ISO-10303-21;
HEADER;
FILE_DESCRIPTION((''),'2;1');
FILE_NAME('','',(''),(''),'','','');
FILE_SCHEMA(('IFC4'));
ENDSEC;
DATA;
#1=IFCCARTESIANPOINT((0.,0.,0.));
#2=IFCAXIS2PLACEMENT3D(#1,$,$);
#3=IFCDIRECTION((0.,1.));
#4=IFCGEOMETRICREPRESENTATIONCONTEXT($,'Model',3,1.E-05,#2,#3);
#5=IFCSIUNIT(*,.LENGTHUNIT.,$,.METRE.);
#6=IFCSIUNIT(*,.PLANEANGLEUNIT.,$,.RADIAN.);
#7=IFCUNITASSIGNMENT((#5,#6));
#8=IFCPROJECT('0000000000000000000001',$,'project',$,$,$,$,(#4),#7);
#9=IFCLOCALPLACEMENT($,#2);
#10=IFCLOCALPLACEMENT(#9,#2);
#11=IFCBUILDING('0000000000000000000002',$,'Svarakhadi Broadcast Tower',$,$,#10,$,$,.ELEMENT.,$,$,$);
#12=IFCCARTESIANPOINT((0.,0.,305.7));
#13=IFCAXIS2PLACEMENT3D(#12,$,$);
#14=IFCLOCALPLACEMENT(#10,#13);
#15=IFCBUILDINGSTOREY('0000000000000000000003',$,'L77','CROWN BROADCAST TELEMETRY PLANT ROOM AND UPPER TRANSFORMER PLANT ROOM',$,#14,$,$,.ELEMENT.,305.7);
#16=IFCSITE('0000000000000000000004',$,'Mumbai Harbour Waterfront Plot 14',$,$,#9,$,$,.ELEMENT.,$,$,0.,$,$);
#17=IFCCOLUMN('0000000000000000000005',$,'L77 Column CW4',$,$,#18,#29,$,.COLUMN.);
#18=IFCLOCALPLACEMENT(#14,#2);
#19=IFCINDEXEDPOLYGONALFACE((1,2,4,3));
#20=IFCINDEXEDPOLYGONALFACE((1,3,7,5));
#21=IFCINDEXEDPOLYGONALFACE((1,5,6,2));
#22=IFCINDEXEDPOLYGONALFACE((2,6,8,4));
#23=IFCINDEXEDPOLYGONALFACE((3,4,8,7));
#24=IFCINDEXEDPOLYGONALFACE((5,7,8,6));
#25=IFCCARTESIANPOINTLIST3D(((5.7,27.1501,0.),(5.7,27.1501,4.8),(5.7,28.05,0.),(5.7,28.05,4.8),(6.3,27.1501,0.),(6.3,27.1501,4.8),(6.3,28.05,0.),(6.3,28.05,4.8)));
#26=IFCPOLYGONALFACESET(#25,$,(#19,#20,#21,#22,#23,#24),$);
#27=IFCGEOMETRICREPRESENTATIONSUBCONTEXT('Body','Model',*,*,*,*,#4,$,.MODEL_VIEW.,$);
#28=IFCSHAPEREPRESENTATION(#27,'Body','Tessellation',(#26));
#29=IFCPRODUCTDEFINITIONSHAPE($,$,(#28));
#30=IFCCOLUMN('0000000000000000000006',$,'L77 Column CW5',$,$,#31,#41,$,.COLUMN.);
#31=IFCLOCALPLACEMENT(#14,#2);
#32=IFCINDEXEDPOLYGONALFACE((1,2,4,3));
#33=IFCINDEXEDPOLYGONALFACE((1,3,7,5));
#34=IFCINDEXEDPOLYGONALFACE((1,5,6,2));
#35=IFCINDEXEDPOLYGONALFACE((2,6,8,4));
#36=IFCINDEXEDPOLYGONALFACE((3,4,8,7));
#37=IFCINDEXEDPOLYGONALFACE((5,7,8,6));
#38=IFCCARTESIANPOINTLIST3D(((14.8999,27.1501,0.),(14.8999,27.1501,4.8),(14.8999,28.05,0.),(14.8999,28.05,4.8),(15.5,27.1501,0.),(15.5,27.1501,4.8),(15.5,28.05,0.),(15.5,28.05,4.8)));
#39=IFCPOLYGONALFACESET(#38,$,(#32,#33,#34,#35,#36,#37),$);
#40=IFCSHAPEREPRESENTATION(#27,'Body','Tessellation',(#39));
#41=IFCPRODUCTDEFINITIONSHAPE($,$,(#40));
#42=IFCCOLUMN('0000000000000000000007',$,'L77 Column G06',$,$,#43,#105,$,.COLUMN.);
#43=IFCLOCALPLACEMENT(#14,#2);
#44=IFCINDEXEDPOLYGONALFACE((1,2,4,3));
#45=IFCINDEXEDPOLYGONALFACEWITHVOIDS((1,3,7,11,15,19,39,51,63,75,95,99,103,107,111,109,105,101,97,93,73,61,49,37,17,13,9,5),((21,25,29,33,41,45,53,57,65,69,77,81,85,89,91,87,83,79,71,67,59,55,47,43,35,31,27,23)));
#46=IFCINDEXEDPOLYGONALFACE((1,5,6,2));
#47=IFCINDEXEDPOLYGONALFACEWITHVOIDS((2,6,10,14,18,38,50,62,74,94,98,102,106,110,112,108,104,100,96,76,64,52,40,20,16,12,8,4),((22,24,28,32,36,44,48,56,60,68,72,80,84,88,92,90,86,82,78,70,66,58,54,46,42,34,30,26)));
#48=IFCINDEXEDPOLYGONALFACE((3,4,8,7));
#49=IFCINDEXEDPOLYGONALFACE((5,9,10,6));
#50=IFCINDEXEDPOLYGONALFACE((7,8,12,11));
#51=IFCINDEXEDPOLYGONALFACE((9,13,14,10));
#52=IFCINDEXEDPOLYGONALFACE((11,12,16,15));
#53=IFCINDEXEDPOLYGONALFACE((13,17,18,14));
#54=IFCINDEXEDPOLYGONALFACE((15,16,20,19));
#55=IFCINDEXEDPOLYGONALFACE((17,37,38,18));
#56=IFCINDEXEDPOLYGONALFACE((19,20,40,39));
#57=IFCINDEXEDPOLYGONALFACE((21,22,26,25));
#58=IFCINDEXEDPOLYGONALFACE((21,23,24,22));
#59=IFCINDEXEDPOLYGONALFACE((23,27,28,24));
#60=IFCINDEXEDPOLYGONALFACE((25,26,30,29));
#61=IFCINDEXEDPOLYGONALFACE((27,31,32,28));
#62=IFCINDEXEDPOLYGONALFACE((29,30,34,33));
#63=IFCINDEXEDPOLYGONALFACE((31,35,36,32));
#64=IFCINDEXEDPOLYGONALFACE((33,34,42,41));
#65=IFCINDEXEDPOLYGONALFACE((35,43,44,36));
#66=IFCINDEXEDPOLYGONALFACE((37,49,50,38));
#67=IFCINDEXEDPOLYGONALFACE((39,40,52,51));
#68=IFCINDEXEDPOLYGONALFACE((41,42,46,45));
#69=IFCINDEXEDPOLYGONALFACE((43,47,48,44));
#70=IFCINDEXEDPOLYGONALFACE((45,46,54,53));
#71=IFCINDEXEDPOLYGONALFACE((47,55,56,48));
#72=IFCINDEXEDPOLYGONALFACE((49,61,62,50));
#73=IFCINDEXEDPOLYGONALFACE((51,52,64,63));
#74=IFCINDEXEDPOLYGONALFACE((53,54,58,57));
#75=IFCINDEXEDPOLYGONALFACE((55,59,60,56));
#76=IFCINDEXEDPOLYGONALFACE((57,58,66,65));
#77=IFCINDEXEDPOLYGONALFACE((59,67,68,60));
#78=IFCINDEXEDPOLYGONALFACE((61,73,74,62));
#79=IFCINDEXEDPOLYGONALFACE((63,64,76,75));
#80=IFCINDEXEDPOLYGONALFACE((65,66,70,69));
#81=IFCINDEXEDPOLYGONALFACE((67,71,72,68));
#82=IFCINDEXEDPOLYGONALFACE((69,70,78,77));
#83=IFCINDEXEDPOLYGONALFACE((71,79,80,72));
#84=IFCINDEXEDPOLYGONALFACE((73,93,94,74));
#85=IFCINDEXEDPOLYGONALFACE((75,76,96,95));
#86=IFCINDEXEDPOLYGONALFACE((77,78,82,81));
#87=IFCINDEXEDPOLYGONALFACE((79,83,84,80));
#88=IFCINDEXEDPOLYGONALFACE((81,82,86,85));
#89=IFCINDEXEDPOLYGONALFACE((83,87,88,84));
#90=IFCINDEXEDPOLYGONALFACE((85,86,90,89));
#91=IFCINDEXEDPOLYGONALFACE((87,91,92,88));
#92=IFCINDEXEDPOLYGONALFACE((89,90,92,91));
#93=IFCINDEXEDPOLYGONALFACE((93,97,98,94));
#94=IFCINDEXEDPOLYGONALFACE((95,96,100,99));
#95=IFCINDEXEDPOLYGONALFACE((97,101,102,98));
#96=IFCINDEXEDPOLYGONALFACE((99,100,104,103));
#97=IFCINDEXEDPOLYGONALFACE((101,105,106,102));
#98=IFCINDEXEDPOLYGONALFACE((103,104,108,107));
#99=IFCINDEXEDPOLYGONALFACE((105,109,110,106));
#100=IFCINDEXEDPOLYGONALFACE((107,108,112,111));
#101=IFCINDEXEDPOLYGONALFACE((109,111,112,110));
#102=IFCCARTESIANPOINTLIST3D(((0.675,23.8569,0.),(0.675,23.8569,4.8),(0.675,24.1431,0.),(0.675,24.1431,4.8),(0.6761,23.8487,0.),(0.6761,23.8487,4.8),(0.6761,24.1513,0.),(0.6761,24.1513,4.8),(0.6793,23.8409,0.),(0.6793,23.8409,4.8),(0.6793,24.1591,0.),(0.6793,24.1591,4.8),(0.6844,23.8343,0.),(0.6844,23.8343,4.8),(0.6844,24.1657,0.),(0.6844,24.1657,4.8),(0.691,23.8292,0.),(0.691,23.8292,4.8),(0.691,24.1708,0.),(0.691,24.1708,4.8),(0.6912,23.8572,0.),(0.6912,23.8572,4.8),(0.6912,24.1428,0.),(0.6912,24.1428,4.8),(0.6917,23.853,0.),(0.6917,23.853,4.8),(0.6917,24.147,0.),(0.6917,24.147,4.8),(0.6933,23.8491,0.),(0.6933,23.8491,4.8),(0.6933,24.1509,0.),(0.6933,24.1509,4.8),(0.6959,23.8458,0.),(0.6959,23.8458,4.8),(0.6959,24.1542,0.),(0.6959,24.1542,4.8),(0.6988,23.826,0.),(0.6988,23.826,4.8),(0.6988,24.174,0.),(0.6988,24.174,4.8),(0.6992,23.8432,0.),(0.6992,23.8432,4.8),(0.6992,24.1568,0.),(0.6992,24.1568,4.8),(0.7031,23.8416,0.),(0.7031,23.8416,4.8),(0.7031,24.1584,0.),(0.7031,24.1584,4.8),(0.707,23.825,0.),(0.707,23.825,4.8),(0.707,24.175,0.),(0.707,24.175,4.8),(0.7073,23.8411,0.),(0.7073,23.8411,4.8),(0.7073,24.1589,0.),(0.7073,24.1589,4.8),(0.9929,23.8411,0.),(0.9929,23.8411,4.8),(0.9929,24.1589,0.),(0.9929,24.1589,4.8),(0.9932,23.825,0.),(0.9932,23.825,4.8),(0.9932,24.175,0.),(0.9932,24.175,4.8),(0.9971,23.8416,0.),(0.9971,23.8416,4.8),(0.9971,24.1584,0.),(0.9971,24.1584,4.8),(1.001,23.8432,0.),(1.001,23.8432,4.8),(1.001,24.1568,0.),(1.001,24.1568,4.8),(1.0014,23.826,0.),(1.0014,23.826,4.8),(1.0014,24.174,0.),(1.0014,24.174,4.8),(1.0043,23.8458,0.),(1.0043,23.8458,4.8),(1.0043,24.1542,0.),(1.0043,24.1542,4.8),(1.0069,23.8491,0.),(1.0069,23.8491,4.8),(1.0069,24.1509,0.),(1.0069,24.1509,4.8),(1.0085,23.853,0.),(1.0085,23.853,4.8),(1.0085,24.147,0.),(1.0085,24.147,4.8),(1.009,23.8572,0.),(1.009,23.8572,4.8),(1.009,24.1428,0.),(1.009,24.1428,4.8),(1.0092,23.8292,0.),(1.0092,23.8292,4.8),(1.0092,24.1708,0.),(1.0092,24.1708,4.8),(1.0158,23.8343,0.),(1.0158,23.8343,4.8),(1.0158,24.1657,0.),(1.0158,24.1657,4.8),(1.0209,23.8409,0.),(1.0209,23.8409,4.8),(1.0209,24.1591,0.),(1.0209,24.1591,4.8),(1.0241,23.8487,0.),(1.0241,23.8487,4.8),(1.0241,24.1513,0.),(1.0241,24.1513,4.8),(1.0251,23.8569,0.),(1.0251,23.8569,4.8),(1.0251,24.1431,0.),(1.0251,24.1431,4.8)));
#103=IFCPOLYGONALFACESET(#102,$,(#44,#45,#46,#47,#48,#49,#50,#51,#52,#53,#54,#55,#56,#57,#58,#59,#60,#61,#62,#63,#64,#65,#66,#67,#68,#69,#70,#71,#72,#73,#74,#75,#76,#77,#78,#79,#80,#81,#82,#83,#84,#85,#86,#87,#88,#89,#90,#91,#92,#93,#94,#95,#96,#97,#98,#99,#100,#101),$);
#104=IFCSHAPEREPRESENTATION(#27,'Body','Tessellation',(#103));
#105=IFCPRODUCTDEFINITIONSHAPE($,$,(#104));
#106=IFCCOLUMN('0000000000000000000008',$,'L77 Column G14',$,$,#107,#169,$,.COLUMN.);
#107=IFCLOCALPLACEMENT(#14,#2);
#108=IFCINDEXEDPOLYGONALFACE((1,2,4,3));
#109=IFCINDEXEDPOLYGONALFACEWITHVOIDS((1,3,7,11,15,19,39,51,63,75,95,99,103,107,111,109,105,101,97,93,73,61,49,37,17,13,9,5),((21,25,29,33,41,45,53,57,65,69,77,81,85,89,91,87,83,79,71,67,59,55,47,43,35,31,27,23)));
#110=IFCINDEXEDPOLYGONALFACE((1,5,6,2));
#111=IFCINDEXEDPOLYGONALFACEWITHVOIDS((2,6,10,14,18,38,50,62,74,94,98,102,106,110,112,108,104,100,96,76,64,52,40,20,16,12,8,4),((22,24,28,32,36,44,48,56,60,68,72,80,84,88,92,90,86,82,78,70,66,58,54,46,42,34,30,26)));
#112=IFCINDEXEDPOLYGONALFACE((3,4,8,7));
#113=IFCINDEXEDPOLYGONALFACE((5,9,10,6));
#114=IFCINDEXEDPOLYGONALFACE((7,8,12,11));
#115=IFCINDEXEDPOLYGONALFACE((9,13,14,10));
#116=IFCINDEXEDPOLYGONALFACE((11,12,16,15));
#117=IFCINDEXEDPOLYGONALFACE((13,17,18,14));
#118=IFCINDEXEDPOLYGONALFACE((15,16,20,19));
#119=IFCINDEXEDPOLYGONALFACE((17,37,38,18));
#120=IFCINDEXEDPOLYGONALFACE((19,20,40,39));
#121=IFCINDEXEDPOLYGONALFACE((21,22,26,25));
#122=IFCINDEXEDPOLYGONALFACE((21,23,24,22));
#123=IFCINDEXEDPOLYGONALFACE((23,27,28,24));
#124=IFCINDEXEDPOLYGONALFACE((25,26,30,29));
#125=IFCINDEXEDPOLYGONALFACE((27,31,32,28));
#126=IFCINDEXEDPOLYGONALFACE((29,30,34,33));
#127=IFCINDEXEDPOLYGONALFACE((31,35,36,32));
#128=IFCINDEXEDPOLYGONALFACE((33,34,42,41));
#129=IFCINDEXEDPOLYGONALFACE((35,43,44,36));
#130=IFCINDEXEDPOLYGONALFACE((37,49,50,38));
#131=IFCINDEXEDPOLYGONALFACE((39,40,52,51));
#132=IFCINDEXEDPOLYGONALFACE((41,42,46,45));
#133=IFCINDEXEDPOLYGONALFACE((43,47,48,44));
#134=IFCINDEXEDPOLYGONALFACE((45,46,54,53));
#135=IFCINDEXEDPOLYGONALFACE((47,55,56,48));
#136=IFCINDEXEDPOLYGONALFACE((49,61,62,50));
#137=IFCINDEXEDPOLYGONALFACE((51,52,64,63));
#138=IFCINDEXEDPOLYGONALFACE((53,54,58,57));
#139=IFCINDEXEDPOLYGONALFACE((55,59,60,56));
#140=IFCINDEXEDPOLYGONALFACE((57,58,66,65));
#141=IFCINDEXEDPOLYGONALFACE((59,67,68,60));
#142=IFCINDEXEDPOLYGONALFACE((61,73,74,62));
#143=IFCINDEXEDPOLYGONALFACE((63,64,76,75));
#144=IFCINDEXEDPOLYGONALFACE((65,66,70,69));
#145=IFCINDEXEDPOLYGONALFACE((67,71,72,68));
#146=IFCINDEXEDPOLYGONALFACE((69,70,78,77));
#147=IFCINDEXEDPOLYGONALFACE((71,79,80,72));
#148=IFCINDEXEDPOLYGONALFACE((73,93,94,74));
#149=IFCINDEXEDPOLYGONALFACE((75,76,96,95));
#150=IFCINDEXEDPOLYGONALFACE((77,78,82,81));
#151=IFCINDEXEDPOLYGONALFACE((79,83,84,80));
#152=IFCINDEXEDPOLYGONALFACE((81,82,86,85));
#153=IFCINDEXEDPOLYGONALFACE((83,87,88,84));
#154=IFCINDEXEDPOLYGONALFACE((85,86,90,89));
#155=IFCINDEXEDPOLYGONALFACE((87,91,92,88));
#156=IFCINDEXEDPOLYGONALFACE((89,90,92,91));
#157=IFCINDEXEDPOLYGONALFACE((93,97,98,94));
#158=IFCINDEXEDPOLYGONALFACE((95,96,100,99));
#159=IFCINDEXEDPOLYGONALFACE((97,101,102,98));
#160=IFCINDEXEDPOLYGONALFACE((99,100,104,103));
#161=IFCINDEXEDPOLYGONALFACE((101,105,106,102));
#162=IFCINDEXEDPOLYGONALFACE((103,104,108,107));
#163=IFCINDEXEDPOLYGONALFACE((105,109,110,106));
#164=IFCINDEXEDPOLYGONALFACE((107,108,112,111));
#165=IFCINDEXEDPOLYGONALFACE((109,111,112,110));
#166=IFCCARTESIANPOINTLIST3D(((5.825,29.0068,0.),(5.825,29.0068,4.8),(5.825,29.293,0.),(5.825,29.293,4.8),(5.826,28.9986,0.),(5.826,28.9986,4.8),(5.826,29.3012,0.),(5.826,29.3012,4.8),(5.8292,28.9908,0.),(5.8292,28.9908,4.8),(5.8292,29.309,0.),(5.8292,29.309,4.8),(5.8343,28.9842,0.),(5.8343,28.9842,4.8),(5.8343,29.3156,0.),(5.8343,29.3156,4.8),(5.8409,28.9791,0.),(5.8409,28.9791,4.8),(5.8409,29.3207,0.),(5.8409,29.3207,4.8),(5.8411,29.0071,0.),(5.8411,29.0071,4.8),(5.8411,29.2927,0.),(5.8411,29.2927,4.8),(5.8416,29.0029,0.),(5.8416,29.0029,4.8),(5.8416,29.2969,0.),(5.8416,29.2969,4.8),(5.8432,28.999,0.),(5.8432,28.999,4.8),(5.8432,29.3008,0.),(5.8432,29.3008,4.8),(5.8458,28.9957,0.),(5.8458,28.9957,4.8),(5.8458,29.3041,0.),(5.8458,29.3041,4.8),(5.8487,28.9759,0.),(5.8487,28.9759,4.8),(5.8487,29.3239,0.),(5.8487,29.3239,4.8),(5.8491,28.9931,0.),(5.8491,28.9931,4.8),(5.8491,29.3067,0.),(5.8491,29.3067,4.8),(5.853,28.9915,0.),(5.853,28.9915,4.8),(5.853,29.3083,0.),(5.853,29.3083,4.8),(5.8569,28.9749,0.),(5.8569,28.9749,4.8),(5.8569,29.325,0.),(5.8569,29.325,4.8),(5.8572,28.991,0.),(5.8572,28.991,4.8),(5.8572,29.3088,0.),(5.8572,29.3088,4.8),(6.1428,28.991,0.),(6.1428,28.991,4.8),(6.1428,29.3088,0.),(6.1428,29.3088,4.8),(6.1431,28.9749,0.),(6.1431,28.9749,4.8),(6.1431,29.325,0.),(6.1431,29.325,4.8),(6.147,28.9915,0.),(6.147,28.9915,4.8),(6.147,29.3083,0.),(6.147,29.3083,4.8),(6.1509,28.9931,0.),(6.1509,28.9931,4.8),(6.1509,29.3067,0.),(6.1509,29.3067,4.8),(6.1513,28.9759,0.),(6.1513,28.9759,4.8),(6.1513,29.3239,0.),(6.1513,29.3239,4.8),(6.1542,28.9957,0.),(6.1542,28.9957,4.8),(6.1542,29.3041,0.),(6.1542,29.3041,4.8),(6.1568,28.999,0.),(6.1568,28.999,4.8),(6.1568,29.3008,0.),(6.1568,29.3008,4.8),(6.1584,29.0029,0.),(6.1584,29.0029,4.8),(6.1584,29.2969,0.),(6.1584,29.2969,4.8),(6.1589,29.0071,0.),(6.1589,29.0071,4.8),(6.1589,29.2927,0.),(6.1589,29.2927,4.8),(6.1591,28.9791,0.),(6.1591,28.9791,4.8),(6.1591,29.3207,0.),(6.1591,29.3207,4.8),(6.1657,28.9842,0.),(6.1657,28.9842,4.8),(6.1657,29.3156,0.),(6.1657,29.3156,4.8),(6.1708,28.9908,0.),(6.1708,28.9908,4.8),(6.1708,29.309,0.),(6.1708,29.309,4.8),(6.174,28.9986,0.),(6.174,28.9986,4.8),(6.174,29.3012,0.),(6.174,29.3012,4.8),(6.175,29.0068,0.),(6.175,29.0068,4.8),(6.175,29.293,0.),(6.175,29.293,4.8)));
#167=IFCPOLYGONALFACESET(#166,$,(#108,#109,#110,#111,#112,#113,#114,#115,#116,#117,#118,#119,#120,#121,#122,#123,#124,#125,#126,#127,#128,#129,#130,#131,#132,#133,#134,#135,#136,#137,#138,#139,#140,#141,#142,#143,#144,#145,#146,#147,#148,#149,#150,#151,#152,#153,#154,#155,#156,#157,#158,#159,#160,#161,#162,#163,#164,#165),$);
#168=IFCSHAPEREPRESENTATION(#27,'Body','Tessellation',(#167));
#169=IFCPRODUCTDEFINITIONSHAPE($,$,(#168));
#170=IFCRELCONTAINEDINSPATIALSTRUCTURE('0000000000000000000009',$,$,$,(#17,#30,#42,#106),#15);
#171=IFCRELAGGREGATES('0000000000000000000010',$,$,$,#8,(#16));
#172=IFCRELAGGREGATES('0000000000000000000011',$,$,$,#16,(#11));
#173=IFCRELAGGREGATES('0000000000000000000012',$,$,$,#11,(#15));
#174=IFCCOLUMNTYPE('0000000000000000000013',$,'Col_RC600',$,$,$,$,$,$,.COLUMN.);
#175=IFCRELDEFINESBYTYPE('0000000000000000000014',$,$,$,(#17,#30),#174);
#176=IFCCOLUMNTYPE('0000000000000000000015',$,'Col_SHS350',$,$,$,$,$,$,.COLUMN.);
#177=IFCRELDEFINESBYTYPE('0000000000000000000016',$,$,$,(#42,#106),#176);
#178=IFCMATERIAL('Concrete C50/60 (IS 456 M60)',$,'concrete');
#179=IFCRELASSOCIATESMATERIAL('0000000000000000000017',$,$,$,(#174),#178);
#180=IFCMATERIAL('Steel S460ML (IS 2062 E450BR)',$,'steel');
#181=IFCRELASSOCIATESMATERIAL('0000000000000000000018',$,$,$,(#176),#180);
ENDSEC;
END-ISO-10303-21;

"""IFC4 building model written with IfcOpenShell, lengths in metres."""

from ifc_helpers import new_model, si_unit, direction, frame, origin, origin_2d, place, context, subcontext, project, spatial, rectangle, hollow_rectangle, extrude, material, material_profile, profile_set, type_object, element, save


model = new_model("IFC4")

# Units and contexts
model_context = context("Model", 3, precision=1e-05, world=origin(), true_north=direction((0.0, 1.0)))
body_context = subcontext(model_context, "Body", "Model", "MODEL_VIEW")
ifc_project = project(units=[si_unit("LENGTHUNIT", "METRE"), si_unit("PLANEANGLEUNIT", "RADIAN")], contexts=[model_context])

# Site, building, storey
site_placement = place(None, origin())
site = spatial("IfcSite", under=ifc_project, at=site_placement, Name="Mumbai Harbour Waterfront Plot 14", CompositionType="ELEMENT", RefElevation=0.0)
building_placement = place(site_placement, origin())
building = spatial("IfcBuilding", under=site, at=building_placement, Name="Svarakhadi Broadcast Tower", CompositionType="ELEMENT")
storey_placement = place(building_placement, frame((0.0, 0.0, 305.7)))
storey = spatial("IfcBuildingStorey", under=building, at=storey_placement, Name="L77", Description="CROWN BROADCAST TELEMETRY PLANT ROOM AND UPPER TRANSFORMER PLANT ROOM", CompositionType="ELEMENT", Elevation=305.7)

# Columns
ifc_material_1 = material(Name="Concrete C50/60 (IS 456 M60)", Category="concrete")
ifc_material_profile_1 = material_profile(ifc_material_1, rectangle(XDim=0.6001, YDim=0.8999, at=origin_2d()), Name="RC 600x900")
ifc_profile_set_1 = profile_set([ifc_material_profile_1], Name="Concrete C50/60 (IS 456 M60)")
column_type_1 = type_object("IfcColumnType", Name="Col_RC600", PredefinedType="COLUMN", material=ifc_profile_set_1)
for number, where, z_axis, x_axis, name in (
    (1, (6.0, 27.6001, 0.0), (0.0, 0.0, 1.0), (1.0, 0.0, 0.0), "L77 Column CW4"),
    (2, (15.2, 27.6001, 0.0), (0.0, 0.0, 1.0), (1.0, 0.0, 0.0), "L77 Column CW5"),
):
    element("IfcColumn", number, at=place(storey_placement, frame(where, z_axis=z_axis, x_axis=x_axis)), inside=storey, type_object=column_type_1, Name=name, PredefinedType="COLUMN", context=body_context, shape_type="SweptSolid", body=[
        extrude(rectangle(XDim=0.6001, YDim=0.8999, at=origin_2d()), origin(), (0.0, 0.0, 1.0), 4.8),
    ])
ifc_material_2 = material(Name="Steel S460ML (IS 2062 E450BR)", Category="steel")
ifc_material_profile_2 = material_profile(ifc_material_2, hollow_rectangle(XDim=0.3501, YDim=0.3501, WallThickness=0.0161, InnerFilletRadius=0.0161, OuterFilletRadius=0.032, at=origin_2d()), Name="SHS 350x350x16")
ifc_profile_set_2 = profile_set([ifc_material_profile_2], Name="Steel S460ML (IS 2062 E450BR)")
column_type_2 = type_object("IfcColumnType", Name="Col_SHS350", PredefinedType="COLUMN", material=ifc_profile_set_2)
for number, where, z_axis, x_axis, name in (
    (3, (0.8501, 24.0, 0.0), (0.0, 0.0, 1.0), (1.0, 0.0, 0.0), "L77 Column G06"),
    (4, (6.0, 29.1499, 0.0), (0.0, 0.0, 1.0), (1.0, 0.0, 0.0), "L77 Column G14"),
):
    element("IfcColumn", number, at=place(storey_placement, frame(where, z_axis=z_axis, x_axis=x_axis)), inside=storey, type_object=column_type_2, Name=name, PredefinedType="COLUMN", context=body_context, shape_type="SweptSolid", body=[
        extrude(hollow_rectangle(XDim=0.3501, YDim=0.3501, WallThickness=0.0161, InnerFilletRadius=0.0161, OuterFilletRadius=0.032, at=origin_2d()), origin(), (0.0, 0.0, 1.0), 4.8),
    ])

save(model, "model.ifc")
